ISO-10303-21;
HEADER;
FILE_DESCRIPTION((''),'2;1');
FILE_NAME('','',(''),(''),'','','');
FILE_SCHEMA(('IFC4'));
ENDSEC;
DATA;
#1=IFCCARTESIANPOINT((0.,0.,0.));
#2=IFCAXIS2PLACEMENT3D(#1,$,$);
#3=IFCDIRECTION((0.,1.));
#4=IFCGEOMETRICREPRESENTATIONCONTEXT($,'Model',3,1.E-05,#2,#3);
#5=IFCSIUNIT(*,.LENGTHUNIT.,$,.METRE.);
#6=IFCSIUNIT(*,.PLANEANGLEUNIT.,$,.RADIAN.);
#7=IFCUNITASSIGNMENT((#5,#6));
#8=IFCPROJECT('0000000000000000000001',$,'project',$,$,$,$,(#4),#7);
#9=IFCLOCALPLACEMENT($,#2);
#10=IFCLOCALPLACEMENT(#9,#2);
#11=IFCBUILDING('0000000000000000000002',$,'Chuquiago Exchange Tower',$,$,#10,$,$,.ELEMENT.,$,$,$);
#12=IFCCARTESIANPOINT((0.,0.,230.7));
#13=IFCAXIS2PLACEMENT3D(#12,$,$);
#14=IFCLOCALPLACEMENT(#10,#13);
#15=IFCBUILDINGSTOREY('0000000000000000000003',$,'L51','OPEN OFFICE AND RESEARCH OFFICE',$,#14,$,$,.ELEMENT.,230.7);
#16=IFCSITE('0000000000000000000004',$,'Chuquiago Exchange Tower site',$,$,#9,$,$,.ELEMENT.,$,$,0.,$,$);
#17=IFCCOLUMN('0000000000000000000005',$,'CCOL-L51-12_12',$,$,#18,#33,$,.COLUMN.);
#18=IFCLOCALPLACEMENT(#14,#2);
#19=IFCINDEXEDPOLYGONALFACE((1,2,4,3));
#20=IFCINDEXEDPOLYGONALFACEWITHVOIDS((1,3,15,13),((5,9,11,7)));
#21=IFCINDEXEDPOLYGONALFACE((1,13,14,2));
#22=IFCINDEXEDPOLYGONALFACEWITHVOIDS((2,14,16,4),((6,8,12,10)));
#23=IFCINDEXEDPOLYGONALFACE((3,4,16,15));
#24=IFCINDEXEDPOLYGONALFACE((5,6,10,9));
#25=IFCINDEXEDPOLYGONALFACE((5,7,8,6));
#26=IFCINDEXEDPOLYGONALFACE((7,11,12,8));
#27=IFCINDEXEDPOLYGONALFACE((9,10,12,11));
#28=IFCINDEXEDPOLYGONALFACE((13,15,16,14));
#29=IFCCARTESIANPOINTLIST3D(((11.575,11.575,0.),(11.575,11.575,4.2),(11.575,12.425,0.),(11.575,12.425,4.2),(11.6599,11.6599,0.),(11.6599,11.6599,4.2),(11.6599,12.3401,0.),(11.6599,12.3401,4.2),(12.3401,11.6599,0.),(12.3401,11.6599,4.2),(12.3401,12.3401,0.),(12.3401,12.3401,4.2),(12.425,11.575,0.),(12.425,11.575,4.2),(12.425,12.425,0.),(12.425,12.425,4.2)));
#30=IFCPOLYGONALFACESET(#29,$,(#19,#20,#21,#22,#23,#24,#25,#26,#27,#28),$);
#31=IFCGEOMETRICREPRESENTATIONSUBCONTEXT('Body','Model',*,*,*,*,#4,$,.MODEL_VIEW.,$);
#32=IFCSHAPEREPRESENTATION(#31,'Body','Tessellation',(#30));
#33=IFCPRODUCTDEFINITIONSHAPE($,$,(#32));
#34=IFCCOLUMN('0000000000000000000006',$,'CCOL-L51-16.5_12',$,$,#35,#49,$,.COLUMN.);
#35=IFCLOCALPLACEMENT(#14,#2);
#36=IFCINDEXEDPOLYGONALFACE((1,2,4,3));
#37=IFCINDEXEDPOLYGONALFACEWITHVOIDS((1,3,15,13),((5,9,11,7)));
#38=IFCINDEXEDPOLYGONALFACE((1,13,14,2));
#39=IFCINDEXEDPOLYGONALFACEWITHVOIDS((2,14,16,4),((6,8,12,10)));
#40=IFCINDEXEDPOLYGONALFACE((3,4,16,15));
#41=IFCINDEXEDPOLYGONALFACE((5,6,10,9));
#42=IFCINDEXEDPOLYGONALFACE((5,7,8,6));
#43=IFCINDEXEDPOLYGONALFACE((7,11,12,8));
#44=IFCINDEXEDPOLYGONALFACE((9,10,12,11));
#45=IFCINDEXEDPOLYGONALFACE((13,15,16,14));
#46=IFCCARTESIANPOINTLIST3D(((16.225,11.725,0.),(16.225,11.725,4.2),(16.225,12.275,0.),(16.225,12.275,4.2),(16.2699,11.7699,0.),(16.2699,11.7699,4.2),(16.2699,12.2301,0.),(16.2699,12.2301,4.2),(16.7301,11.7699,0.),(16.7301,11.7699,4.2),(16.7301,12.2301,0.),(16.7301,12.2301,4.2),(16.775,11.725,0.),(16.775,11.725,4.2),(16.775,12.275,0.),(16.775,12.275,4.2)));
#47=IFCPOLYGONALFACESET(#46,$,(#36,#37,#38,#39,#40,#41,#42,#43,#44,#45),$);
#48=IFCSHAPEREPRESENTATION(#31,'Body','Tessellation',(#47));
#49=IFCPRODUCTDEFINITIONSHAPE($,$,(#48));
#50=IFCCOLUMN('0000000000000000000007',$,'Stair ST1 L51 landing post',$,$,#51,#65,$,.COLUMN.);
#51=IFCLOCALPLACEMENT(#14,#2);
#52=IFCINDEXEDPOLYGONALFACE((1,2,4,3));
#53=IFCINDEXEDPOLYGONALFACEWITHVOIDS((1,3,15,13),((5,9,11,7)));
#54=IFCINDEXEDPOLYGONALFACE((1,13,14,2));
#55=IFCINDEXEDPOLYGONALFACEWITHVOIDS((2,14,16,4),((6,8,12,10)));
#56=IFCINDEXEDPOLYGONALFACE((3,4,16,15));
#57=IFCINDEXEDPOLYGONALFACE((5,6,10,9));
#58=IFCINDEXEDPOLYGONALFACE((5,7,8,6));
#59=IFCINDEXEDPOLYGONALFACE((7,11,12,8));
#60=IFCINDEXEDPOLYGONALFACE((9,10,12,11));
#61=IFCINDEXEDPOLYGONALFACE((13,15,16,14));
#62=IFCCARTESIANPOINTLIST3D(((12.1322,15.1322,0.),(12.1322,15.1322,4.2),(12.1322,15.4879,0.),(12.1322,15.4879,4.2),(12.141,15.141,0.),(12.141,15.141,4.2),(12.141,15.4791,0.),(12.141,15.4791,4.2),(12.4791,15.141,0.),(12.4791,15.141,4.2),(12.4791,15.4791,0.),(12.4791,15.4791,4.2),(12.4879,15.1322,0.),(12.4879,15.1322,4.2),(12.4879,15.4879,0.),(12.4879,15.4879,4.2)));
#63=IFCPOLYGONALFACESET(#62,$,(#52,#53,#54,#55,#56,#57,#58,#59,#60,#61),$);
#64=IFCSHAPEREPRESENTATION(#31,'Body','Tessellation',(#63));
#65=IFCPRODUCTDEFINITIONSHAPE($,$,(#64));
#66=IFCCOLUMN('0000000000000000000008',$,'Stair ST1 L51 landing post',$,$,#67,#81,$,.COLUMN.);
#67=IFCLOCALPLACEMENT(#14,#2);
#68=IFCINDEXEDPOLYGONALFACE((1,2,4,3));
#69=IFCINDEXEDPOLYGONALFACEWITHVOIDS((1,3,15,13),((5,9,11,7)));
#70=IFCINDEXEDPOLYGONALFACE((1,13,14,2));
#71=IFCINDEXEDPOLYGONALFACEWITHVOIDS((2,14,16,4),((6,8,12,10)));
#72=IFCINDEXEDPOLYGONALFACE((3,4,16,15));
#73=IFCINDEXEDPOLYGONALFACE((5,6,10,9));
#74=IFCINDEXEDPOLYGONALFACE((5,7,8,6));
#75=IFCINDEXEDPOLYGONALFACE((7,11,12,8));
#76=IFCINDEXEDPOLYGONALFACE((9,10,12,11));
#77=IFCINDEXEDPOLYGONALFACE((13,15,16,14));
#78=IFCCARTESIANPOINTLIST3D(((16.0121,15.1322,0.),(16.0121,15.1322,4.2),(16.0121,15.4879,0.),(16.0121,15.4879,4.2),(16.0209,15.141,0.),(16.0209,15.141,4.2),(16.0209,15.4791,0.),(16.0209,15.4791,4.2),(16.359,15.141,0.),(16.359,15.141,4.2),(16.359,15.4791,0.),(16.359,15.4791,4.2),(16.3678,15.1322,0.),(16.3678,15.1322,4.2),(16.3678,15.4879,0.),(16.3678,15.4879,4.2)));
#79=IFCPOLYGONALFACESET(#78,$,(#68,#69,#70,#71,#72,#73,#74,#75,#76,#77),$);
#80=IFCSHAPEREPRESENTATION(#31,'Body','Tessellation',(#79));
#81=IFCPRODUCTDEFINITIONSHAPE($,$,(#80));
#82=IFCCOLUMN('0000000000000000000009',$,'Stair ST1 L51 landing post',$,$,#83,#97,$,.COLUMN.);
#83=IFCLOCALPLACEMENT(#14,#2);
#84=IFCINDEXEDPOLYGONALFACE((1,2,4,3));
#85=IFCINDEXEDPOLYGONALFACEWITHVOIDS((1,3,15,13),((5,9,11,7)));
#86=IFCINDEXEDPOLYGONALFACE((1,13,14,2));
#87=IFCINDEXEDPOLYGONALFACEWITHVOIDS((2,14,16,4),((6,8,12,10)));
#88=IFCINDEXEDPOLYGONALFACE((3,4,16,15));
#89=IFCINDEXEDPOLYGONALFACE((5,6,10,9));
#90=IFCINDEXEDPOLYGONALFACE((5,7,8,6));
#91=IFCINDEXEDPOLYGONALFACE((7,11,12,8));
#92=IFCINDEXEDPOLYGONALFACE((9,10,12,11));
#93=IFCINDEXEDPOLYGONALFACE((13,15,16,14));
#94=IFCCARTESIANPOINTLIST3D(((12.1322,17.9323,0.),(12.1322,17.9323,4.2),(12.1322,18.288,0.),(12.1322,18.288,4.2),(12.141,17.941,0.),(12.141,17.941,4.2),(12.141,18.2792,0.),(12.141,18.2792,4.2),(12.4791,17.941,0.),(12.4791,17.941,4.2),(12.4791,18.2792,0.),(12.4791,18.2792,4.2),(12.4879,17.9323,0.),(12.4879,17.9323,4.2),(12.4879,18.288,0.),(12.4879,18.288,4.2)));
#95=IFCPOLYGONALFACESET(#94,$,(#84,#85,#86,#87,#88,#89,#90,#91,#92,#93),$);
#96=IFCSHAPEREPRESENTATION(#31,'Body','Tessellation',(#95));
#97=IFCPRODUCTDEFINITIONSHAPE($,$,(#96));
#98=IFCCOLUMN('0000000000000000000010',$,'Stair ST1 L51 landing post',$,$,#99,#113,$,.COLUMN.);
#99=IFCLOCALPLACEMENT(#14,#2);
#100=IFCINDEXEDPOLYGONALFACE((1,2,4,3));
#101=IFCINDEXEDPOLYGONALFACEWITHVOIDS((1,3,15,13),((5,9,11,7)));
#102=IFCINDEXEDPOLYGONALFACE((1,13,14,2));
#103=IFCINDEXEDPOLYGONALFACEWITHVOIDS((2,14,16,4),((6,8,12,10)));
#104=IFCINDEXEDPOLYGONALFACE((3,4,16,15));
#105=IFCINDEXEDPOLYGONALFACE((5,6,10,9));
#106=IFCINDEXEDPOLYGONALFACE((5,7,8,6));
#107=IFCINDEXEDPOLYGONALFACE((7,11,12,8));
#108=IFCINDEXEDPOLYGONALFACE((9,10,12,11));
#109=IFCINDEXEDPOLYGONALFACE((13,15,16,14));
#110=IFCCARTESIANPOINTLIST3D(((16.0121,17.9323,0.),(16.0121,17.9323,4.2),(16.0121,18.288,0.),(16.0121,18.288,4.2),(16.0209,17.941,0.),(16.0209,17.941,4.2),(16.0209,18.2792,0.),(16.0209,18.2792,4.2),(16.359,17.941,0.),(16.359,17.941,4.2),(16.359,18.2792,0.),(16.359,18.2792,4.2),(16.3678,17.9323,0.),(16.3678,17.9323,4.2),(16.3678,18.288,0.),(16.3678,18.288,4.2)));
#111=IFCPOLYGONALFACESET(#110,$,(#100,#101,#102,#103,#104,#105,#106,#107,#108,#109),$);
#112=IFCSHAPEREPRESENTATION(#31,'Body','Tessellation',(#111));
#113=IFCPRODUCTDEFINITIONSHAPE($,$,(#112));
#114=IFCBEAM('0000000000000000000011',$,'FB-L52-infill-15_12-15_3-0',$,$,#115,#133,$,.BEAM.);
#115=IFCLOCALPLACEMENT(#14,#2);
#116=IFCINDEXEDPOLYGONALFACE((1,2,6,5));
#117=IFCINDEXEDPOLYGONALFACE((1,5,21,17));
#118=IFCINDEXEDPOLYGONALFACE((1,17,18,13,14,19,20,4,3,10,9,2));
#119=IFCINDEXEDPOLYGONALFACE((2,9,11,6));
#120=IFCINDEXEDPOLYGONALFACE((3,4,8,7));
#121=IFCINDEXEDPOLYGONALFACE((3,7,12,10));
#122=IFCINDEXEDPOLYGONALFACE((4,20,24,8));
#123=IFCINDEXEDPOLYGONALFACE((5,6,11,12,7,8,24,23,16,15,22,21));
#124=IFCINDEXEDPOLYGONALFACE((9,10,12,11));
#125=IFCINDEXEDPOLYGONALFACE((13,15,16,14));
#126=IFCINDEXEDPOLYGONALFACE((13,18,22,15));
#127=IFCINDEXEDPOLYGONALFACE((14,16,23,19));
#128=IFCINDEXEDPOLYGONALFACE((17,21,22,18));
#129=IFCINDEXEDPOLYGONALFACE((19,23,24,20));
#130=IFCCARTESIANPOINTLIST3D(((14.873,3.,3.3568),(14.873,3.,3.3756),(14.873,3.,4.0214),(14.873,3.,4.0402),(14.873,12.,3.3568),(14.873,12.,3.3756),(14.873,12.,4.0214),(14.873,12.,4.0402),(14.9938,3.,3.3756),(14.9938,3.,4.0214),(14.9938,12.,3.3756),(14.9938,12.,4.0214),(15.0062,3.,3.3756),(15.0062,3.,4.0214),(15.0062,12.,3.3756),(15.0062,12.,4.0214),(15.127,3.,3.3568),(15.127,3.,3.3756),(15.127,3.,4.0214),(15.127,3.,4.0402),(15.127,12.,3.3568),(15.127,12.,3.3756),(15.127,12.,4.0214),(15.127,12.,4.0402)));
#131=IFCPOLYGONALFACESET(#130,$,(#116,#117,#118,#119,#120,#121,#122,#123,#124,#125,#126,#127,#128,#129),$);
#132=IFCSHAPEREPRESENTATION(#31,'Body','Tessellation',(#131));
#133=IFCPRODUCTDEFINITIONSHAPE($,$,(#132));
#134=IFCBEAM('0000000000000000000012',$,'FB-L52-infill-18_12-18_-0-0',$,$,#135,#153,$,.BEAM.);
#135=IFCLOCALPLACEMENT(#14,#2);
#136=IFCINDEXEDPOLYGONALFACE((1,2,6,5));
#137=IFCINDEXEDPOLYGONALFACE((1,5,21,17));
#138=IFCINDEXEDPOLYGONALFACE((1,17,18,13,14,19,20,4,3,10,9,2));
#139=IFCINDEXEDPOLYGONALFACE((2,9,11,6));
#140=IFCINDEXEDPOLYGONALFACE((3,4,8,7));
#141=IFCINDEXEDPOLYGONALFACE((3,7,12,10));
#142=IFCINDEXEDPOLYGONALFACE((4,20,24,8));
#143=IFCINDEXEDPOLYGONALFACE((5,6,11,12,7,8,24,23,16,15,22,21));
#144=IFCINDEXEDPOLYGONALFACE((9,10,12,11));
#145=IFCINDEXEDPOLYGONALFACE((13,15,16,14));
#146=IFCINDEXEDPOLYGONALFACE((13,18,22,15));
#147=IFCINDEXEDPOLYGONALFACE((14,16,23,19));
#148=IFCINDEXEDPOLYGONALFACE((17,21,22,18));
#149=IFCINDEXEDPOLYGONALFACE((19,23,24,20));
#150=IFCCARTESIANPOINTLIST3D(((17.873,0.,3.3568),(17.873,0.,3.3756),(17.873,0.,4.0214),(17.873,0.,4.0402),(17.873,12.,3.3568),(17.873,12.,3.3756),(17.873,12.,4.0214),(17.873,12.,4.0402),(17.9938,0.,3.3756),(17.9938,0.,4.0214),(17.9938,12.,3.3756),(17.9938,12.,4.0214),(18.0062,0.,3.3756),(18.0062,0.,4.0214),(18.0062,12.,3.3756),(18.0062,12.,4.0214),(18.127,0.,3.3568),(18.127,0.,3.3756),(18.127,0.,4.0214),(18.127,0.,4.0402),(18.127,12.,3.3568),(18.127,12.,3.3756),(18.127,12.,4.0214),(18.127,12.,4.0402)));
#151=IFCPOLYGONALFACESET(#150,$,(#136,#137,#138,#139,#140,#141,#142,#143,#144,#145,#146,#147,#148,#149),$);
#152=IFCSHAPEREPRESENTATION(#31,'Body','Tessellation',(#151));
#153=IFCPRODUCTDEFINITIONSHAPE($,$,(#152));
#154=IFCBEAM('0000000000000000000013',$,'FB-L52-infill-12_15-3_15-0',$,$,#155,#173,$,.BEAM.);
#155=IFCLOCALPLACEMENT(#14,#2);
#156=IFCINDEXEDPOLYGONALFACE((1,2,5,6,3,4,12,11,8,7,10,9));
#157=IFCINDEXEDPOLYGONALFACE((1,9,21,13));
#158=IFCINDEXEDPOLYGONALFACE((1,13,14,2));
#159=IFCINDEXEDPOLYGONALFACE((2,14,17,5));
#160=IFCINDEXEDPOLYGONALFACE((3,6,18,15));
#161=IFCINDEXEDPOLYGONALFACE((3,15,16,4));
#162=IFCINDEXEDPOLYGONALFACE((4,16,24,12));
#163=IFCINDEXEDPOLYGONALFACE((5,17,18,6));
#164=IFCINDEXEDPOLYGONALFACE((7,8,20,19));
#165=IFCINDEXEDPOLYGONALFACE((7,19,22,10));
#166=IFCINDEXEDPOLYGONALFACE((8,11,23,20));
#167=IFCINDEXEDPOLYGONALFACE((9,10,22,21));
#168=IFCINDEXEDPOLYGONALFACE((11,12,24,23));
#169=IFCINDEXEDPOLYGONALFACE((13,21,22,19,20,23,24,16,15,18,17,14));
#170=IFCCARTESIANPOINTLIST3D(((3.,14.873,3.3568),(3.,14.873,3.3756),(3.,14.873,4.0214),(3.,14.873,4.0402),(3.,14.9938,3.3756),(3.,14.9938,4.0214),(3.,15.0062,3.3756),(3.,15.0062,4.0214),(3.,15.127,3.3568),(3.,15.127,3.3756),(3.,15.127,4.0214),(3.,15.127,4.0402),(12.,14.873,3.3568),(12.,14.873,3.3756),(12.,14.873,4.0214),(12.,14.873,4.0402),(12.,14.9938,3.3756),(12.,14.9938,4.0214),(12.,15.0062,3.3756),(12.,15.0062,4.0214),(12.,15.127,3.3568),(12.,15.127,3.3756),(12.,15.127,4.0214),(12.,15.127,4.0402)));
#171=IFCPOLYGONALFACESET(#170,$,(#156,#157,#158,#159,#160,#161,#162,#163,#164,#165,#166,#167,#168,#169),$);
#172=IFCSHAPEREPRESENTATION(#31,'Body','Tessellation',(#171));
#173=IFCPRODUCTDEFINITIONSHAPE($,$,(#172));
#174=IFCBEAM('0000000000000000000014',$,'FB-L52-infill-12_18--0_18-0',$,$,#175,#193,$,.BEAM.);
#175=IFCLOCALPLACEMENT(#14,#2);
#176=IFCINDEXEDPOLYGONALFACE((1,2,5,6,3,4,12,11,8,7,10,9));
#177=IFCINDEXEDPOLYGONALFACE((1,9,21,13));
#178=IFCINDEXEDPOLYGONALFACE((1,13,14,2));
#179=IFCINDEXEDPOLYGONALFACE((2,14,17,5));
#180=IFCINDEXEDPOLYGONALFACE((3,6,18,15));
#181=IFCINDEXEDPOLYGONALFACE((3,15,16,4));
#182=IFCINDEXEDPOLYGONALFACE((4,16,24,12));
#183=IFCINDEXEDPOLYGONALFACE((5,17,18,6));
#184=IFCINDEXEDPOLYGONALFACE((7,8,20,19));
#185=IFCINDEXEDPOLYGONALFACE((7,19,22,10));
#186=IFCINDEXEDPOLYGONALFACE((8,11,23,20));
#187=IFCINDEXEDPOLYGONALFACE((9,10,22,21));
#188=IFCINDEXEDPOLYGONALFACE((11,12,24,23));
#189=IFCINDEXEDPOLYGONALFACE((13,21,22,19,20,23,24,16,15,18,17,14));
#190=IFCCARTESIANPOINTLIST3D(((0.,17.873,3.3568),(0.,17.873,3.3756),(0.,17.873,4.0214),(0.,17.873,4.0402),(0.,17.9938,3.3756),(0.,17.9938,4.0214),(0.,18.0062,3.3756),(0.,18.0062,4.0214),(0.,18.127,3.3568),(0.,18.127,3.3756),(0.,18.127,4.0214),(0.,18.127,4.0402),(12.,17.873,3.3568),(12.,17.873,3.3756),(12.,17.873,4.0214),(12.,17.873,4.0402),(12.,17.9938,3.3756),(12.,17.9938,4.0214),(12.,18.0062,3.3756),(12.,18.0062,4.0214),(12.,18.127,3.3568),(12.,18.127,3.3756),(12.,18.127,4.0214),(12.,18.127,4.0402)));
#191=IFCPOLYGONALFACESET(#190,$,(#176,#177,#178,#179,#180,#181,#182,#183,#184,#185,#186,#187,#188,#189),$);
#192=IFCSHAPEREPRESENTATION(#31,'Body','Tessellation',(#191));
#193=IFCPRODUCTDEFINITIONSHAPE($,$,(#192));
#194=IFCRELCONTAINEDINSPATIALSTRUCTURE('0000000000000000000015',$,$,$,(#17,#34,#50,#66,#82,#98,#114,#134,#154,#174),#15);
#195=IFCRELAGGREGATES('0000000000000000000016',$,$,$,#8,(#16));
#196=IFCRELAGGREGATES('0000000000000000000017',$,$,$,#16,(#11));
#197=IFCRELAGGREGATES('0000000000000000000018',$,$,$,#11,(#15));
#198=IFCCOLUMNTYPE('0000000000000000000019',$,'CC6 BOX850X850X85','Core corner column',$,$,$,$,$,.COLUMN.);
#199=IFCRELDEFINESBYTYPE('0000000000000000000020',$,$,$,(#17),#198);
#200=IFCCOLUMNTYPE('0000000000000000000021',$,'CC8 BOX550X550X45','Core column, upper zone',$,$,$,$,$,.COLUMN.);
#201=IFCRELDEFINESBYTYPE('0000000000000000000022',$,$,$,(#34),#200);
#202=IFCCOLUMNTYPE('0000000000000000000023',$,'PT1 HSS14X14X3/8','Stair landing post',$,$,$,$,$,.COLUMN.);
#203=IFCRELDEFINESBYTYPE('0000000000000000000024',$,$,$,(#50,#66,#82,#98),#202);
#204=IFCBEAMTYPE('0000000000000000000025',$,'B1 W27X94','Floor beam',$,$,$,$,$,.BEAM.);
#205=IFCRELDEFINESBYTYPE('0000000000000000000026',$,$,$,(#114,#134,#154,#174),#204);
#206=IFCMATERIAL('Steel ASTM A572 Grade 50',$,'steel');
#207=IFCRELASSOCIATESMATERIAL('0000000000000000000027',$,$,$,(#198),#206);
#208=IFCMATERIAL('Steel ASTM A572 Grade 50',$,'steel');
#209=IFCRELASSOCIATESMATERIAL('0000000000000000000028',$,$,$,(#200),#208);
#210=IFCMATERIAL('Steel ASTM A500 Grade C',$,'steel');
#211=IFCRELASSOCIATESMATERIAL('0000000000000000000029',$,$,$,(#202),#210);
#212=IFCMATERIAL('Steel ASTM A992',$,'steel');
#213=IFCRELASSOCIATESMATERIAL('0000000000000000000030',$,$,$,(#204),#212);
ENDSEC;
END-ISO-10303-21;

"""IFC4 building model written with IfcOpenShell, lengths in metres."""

from ifc_helpers import new_model, si_unit, direction, frame, origin, origin_2d, place, context, subcontext, project, spatial, hollow_rectangle, i_section, extrude, material, material_profile, profile_set, type_object, element, save


model = new_model("IFC4")

# Units and contexts
model_context = context("Model", 3, precision=1e-05, world=origin(), true_north=direction((0.0, 1.0)))
body_context = subcontext(model_context, "Body", "Model", "MODEL_VIEW")
ifc_project = project(units=[si_unit("LENGTHUNIT", "METRE"), si_unit("PLANEANGLEUNIT", "RADIAN")], contexts=[model_context])

# Site, building, storey
site_placement = place(None, origin())
site = spatial("IfcSite", under=ifc_project, at=site_placement, Name="Chuquiago Exchange Tower site", CompositionType="ELEMENT", RefElevation=0.0)
building_placement = place(site_placement, origin())
building = spatial("IfcBuilding", under=site, at=building_placement, Name="Chuquiago Exchange Tower", CompositionType="ELEMENT")
storey_placement = place(building_placement, frame((0.0, 0.0, 230.7)))
storey = spatial("IfcBuildingStorey", under=building, at=storey_placement, Name="L51", Description="OPEN OFFICE AND RESEARCH OFFICE", CompositionType="ELEMENT", Elevation=230.7)

# Columns
ifc_material_1 = material(Name="Steel ASTM A572 Grade 50", Category="steel")
ifc_material_profile_1 = material_profile(ifc_material_1, hollow_rectangle(XDim=0.8501, YDim=0.8501, WallThickness=0.085, at=origin_2d()), Name="BOX850X850X85")
ifc_profile_set_1 = profile_set([ifc_material_profile_1], Name="Steel ASTM A572 Grade 50")
column_type_1 = type_object("IfcColumnType", Name="CC6 BOX850X850X85", Description="Core corner column", PredefinedType="COLUMN", material=ifc_profile_set_1)
column_1_placement = place(storey_placement, frame((12.0, 12.0, 0.0), z_axis=(0.0, 0.0, 1.0), x_axis=(1.0, 0.0, 0.0)))
element("IfcColumn", 1, at=column_1_placement, inside=storey, type_object=column_type_1, Name="CCOL-L51-12_12", PredefinedType="COLUMN", context=body_context, shape_type="SweptSolid", body=[
    extrude(hollow_rectangle(XDim=0.8501, YDim=0.8501, WallThickness=0.085, at=origin_2d()), origin(), (0.0, 0.0, 1.0), 4.2),
])
ifc_material_2 = material(Name="Steel ASTM A572 Grade 50", Category="steel")
ifc_material_profile_2 = material_profile(ifc_material_2, hollow_rectangle(XDim=0.55, YDim=0.55, WallThickness=0.0449, at=origin_2d()), Name="BOX550X550X45")
ifc_profile_set_2 = profile_set([ifc_material_profile_2], Name="Steel ASTM A572 Grade 50")
column_type_2 = type_object("IfcColumnType", Name="CC8 BOX550X550X45", Description="Core column, upper zone", PredefinedType="COLUMN", material=ifc_profile_set_2)
column_2_placement = place(storey_placement, frame((16.5, 12.0, 0.0), z_axis=(0.0, 0.0, 1.0), x_axis=(1.0, 0.0, 0.0)))
element("IfcColumn", 2, at=column_2_placement, inside=storey, type_object=column_type_2, Name="CCOL-L51-16.5_12", PredefinedType="COLUMN", context=body_context, shape_type="SweptSolid", body=[
    extrude(hollow_rectangle(XDim=0.55, YDim=0.55, WallThickness=0.0449, at=origin_2d()), origin(), (0.0, 0.0, 1.0), 4.2),
])
ifc_material_3 = material(Name="Steel ASTM A500 Grade C", Category="steel")
ifc_material_profile_3 = material_profile(ifc_material_3, hollow_rectangle(XDim=0.3557, YDim=0.3557, WallThickness=0.0088, at=origin_2d()), Name="HSS14X14X3/8")
ifc_profile_set_3 = profile_set([ifc_material_profile_3], Name="Steel ASTM A500 Grade C")
column_type_3 = type_object("IfcColumnType", Name="PT1 HSS14X14X3/8", Description="Stair landing post", PredefinedType="COLUMN", material=ifc_profile_set_3)
for number, where, z_axis, x_axis, name in (
    (3, (12.3101, 15.3101, 0.0), (0.0, 0.0, 1.0), (1.0, 0.0, 0.0), "Stair ST1 L51 landing post"),
    (4, (16.1899, 15.3101, 0.0), (0.0, 0.0, 1.0), (1.0, 0.0, 0.0), "Stair ST1 L51 landing post"),
    (5, (12.3101, 18.1101, 0.0), (0.0, 0.0, 1.0), (1.0, 0.0, 0.0), "Stair ST1 L51 landing post"),
    (6, (16.1899, 18.1101, 0.0), (0.0, 0.0, 1.0), (1.0, 0.0, 0.0), "Stair ST1 L51 landing post"),
):
    element("IfcColumn", number, at=place(storey_placement, frame(where, z_axis=z_axis, x_axis=x_axis)), inside=storey, type_object=column_type_3, Name=name, PredefinedType="COLUMN", context=body_context, shape_type="SweptSolid", body=[
        extrude(hollow_rectangle(XDim=0.3557, YDim=0.3557, WallThickness=0.0088, at=origin_2d()), origin(), (0.0, 0.0, 1.0), 4.2),
    ])

# Beams
ifc_material_4 = material(Name="Steel ASTM A992", Category="steel")
ifc_material_profile_4 = material_profile(ifc_material_4, i_section(OverallWidth=0.2539, OverallDepth=0.6833, WebThickness=0.0125, FlangeThickness=0.0188, at=origin_2d()), Name="W27X94")
ifc_profile_set_4 = profile_set([ifc_material_profile_4], Name="Steel ASTM A992")
beam_type_1 = type_object("IfcBeamType", Name="B1 W27X94", Description="Floor beam", PredefinedType="BEAM", material=ifc_profile_set_4)
beam_1_placement = place(storey_placement, frame((15.0, 12.0, 3.6985), z_axis=(0.0, -1.0, 0.0), x_axis=(1.0, 0.0, 0.0)))
element("IfcBeam", 7, at=beam_1_placement, inside=storey, type_object=beam_type_1, Name="FB-L52-infill-15_12-15_3-0", PredefinedType="BEAM", context=body_context, shape_type="SweptSolid", body=[
    extrude(i_section(OverallWidth=0.2539, OverallDepth=0.6833, WebThickness=0.0125, FlangeThickness=0.0188, at=origin_2d()), origin(), (0.0, 0.0, 1.0), 9.0),
])
beam_2_placement = place(storey_placement, frame((18.0, 12.0, 3.6985), z_axis=(0.0, -1.0, 0.0), x_axis=(1.0, 0.0, 0.0)))
element("IfcBeam", 8, at=beam_2_placement, inside=storey, type_object=beam_type_1, Name="FB-L52-infill-18_12-18_-0-0", PredefinedType="BEAM", context=body_context, shape_type="SweptSolid", body=[
    extrude(i_section(OverallWidth=0.2539, OverallDepth=0.6833, WebThickness=0.0125, FlangeThickness=0.0188, at=origin_2d()), origin(), (0.0, 0.0, 1.0), 12.0),
])
beam_3_placement = place(storey_placement, frame((12.0, 15.0, 3.6985), z_axis=(-1.0, 0.0, 0.0), x_axis=(0.0, -1.0, 0.0)))
element("IfcBeam", 9, at=beam_3_placement, inside=storey, type_object=beam_type_1, Name="FB-L52-infill-12_15-3_15-0", PredefinedType="BEAM", context=body_context, shape_type="SweptSolid", body=[
    extrude(i_section(OverallWidth=0.2539, OverallDepth=0.6833, WebThickness=0.0125, FlangeThickness=0.0188, at=origin_2d()), origin(), (0.0, 0.0, 1.0), 9.0),
])
beam_4_placement = place(storey_placement, frame((12.0, 18.0, 3.6985), z_axis=(-1.0, 0.0, 0.0), x_axis=(0.0, -1.0, 0.0)))
element("IfcBeam", 10, at=beam_4_placement, inside=storey, type_object=beam_type_1, Name="FB-L52-infill-12_18--0_18-0", PredefinedType="BEAM", context=body_context, shape_type="SweptSolid", body=[
    extrude(i_section(OverallWidth=0.2539, OverallDepth=0.6833, WebThickness=0.0125, FlangeThickness=0.0188, at=origin_2d()), origin(), (0.0, 0.0, 1.0), 12.0),
])

save(model, "model.ifc")
